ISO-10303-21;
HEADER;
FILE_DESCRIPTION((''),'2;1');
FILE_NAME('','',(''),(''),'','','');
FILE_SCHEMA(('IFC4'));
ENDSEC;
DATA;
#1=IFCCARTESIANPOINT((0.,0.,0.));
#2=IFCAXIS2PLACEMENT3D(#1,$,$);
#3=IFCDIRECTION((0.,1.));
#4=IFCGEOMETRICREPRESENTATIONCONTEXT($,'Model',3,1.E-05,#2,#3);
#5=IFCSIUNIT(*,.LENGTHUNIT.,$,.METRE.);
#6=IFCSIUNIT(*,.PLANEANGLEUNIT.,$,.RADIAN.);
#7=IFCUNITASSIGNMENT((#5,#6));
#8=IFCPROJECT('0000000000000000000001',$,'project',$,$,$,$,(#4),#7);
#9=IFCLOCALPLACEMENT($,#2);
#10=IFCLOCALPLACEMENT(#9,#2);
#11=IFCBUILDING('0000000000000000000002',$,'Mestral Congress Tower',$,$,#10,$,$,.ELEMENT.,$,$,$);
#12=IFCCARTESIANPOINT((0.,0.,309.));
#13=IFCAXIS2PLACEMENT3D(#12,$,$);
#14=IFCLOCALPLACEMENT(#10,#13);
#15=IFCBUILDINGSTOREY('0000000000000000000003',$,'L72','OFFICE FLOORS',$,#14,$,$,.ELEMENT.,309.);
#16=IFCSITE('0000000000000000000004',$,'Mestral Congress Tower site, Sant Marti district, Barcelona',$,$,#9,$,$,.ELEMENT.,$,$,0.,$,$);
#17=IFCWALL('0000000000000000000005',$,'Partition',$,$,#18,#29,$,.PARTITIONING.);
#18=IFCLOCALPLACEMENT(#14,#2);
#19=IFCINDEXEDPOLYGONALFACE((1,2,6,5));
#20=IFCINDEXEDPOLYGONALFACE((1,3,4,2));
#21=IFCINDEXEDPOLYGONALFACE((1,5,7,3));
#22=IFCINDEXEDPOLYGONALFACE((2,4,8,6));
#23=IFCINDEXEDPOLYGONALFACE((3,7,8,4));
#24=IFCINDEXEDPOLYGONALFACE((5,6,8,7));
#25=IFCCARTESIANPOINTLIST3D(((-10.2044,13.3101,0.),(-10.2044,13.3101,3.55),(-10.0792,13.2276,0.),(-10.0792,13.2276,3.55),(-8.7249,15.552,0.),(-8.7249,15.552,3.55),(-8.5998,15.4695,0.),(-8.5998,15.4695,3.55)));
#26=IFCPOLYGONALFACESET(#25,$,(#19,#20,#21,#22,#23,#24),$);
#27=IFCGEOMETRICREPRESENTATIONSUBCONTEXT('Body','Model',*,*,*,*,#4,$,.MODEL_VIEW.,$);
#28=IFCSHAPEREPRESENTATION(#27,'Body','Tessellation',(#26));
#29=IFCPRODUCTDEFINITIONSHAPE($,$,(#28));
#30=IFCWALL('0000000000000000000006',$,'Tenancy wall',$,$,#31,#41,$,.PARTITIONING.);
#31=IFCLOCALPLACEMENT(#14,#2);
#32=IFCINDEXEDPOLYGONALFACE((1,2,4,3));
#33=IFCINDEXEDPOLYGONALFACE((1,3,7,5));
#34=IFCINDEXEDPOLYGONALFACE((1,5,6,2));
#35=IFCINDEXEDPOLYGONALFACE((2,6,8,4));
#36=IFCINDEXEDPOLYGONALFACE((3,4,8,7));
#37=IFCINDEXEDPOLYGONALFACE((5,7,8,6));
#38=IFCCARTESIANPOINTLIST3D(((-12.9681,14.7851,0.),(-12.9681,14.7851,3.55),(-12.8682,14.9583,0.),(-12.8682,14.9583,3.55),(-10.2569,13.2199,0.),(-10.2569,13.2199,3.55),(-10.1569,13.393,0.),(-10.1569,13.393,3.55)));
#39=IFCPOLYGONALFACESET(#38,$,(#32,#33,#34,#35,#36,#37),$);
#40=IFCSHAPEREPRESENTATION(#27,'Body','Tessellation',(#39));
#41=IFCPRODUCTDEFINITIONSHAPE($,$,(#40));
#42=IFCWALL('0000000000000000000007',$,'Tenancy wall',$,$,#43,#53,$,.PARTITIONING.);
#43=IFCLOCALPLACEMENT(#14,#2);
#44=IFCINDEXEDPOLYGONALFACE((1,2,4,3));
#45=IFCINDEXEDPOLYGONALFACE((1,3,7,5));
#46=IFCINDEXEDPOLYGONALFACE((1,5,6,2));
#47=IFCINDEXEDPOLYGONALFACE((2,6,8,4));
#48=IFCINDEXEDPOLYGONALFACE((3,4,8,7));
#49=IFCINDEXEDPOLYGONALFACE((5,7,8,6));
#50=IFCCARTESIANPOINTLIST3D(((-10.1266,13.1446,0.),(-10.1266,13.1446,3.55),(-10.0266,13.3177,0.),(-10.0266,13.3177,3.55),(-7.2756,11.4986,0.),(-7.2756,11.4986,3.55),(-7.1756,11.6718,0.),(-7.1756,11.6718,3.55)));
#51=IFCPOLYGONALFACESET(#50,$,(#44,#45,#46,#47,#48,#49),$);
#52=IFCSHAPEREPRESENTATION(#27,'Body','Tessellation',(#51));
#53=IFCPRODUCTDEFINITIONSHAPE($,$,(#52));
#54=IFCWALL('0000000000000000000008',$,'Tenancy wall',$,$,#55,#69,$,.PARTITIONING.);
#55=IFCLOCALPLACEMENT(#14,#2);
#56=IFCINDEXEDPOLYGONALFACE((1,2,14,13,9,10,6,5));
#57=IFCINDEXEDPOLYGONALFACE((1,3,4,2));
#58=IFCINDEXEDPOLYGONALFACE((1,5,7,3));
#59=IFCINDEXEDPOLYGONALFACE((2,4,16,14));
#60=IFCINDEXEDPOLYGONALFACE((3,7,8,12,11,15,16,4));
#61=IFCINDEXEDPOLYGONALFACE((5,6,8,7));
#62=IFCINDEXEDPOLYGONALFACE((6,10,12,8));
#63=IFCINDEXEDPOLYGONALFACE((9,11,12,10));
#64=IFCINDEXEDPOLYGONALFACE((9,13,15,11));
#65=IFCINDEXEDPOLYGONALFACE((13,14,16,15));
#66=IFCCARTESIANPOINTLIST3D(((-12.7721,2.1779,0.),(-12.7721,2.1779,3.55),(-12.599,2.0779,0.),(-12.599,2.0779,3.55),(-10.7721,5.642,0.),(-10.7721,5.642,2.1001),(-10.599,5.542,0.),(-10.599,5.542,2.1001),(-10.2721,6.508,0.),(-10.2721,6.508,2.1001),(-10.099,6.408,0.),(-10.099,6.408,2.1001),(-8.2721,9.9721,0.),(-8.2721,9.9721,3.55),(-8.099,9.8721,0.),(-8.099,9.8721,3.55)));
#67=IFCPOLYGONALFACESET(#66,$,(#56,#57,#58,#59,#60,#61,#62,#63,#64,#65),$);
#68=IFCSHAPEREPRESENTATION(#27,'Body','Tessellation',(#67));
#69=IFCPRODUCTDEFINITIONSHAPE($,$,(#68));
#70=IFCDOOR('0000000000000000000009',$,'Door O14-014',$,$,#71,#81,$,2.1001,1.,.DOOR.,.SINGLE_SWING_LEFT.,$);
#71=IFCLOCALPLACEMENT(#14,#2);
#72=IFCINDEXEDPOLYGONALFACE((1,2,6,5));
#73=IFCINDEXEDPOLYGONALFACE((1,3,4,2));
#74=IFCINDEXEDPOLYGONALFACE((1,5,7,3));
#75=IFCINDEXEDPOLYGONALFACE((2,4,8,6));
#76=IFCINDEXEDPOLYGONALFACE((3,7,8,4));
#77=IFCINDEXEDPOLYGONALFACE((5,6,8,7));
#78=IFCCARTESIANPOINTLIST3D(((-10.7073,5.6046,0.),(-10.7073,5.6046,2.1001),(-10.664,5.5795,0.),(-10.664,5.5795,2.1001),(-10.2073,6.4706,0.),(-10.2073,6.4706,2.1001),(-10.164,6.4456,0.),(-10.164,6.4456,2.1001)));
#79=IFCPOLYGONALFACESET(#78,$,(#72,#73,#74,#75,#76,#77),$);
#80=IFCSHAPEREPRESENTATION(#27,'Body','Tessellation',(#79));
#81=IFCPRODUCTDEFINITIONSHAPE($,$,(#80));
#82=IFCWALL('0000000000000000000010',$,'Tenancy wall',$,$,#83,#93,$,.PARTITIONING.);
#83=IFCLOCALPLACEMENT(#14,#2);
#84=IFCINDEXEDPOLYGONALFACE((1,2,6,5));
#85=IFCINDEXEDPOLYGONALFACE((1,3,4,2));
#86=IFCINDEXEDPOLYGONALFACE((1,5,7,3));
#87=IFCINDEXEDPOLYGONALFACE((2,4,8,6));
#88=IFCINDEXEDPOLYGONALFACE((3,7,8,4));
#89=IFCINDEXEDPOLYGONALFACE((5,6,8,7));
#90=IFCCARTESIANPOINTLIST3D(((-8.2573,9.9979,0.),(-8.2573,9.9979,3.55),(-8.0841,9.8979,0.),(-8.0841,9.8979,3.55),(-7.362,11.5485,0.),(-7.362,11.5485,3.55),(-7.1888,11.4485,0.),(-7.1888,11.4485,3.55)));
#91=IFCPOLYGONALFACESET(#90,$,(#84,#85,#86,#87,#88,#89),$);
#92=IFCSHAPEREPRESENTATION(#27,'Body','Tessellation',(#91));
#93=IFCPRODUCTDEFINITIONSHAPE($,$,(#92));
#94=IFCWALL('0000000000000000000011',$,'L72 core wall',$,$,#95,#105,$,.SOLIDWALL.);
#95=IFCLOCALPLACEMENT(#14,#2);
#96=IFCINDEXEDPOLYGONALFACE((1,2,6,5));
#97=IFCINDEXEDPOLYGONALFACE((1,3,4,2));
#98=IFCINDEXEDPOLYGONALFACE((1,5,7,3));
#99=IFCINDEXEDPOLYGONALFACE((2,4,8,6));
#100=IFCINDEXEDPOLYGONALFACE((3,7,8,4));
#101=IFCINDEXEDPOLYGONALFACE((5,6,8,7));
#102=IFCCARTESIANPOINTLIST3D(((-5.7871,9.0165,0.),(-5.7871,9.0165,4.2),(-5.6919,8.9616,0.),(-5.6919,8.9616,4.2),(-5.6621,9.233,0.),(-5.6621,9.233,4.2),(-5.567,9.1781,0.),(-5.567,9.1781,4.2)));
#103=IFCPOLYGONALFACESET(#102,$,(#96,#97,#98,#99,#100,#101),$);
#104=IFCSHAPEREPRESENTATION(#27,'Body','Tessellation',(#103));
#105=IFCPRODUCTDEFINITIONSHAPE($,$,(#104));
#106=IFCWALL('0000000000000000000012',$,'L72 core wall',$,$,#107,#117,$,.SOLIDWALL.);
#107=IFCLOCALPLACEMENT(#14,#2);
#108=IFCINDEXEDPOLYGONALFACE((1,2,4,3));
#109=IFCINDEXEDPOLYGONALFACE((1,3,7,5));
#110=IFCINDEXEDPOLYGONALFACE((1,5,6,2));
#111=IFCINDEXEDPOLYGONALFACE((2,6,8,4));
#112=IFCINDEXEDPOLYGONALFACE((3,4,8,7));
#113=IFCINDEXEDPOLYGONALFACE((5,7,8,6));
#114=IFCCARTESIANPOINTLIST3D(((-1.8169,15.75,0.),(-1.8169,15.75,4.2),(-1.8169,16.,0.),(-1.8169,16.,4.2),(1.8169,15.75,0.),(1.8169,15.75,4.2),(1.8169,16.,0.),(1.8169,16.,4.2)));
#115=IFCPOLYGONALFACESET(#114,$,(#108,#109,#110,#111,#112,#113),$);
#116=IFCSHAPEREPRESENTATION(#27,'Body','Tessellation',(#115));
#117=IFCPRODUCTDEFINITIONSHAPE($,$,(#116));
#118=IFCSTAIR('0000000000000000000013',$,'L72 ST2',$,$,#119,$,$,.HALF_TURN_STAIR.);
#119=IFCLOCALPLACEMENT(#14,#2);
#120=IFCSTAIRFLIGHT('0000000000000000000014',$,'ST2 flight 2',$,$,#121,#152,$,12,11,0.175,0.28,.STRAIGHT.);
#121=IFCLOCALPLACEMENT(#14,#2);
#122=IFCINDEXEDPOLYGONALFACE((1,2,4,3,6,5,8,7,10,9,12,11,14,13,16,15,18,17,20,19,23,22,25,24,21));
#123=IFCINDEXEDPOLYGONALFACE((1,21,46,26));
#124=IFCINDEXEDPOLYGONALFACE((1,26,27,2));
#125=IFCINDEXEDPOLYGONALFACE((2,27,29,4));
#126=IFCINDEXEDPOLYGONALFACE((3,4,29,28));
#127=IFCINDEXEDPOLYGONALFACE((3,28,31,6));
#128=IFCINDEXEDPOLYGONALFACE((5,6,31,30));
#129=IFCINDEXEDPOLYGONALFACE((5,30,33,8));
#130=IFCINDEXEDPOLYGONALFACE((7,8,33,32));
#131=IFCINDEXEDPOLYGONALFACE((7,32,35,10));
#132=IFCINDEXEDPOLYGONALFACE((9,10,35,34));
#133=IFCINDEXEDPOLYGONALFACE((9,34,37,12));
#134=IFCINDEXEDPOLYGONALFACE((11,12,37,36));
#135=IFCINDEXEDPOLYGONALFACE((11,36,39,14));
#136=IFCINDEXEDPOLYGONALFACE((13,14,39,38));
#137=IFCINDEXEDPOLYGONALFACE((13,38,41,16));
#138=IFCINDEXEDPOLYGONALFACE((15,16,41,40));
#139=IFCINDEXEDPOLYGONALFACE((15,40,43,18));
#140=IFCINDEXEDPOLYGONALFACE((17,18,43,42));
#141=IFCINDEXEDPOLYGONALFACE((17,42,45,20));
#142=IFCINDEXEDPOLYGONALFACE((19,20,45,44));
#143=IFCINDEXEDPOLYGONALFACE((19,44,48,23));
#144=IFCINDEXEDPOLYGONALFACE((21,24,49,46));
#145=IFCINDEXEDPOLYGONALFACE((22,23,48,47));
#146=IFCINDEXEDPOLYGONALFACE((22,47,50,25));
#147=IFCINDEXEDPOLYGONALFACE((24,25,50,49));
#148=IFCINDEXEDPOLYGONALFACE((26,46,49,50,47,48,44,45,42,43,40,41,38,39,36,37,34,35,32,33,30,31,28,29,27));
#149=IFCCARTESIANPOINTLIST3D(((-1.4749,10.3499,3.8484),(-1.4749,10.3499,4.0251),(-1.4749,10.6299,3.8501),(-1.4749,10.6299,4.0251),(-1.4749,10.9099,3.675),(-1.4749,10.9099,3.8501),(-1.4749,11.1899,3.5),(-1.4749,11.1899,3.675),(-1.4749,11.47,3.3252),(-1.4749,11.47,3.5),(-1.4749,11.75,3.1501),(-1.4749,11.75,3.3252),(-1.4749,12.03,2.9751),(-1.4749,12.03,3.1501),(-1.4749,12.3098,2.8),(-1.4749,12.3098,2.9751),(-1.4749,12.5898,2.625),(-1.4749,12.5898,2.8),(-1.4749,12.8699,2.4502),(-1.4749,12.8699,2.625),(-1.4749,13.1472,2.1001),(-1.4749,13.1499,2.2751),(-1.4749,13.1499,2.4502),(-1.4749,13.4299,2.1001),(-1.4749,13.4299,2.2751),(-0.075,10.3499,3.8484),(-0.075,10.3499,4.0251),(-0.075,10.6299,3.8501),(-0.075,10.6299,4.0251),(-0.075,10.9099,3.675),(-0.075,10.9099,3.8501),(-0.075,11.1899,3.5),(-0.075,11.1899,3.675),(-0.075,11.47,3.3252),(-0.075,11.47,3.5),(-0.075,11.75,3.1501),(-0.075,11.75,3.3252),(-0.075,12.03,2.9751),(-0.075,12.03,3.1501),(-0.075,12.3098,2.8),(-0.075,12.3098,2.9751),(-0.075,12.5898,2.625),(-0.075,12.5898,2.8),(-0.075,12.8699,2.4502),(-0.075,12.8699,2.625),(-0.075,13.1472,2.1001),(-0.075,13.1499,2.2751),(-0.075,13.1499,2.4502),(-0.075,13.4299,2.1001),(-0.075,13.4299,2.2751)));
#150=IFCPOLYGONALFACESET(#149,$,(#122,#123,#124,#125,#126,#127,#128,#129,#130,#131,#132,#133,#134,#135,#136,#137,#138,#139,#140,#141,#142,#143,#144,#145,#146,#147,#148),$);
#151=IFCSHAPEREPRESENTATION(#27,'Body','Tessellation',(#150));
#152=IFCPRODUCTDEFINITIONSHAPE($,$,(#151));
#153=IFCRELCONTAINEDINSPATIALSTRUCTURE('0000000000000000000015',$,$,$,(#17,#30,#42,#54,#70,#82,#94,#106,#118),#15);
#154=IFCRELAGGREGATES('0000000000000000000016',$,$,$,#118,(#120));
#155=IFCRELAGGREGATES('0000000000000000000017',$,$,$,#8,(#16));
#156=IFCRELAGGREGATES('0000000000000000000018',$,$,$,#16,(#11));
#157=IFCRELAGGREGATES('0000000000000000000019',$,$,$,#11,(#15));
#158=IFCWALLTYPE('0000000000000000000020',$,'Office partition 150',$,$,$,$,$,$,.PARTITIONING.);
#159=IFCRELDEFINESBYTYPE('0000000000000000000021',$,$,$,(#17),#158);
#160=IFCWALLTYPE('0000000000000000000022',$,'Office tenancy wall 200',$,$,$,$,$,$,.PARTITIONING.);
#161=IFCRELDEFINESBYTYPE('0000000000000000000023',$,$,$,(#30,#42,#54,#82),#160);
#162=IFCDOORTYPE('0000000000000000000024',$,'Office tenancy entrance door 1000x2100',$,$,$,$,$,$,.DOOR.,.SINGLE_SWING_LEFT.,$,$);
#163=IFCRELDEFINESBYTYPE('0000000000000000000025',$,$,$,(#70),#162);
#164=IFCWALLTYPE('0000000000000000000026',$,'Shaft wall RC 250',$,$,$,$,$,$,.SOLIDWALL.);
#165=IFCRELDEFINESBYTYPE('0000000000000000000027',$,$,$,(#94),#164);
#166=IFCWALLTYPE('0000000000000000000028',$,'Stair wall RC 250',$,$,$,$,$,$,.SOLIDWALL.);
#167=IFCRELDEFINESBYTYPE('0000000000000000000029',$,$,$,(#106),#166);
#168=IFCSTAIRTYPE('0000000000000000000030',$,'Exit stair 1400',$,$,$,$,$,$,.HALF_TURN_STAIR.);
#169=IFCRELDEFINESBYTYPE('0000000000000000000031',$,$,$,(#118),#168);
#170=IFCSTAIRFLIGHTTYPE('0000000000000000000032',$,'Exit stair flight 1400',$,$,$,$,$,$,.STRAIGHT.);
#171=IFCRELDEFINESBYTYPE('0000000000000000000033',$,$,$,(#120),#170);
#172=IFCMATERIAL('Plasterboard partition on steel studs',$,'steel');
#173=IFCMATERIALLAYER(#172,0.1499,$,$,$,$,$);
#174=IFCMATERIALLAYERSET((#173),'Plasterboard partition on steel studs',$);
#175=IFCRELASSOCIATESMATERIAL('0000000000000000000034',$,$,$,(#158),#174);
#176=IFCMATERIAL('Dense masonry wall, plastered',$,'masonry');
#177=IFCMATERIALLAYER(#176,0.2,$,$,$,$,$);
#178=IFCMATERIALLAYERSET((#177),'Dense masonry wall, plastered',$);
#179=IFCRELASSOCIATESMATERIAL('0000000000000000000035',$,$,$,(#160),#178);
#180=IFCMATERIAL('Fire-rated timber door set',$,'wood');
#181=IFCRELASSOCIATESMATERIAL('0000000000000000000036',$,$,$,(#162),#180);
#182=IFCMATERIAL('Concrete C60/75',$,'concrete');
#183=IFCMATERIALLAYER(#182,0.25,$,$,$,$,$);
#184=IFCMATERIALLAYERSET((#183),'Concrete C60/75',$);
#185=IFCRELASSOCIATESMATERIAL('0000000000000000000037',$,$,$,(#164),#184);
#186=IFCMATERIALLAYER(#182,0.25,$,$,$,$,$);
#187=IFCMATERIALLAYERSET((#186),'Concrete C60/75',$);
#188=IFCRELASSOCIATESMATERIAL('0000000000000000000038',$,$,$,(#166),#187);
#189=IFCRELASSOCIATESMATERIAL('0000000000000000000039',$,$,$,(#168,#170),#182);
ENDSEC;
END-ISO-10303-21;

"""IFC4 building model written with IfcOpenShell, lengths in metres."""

from ifc_helpers import new_model, si_unit, direction, frame, frame_2d, origin, place, context, subcontext, project, spatial, polyline, rectangle, outline, extrude, material, layer, layer_set, type_object, element, fill, aggregate, save


model = new_model("IFC4")

# Units and contexts
model_context = context("Model", 3, precision=1e-05, world=origin(), true_north=direction((0.0, 1.0)))
body_context = subcontext(model_context, "Body", "Model", "MODEL_VIEW")
ifc_project = project(units=[si_unit("LENGTHUNIT", "METRE"), si_unit("PLANEANGLEUNIT", "RADIAN")], contexts=[model_context])

# Site, building, storey
site_placement = place(None, origin())
site = spatial("IfcSite", under=ifc_project, at=site_placement, Name="Mestral Congress Tower site, Sant Marti district, Barcelona", CompositionType="ELEMENT", RefElevation=0.0)
building_placement = place(site_placement, origin())
building = spatial("IfcBuilding", under=site, at=building_placement, Name="Mestral Congress Tower", CompositionType="ELEMENT")
storey_placement = place(building_placement, frame((0.0, 0.0, 309.0)))
storey = spatial("IfcBuildingStorey", under=building, at=storey_placement, Name="L72", Description="OFFICE FLOORS", CompositionType="ELEMENT", Elevation=309.0)

# Shared definitions
ifc_material_1 = material(Name="Concrete C60/75", Category="concrete")

# Shared definitions
ifc_material_2 = material(Name="Plasterboard partition on steel studs", Category="steel")
ifc_layer_1 = layer(ifc_material_2, 0.1499)
ifc_layer_set_1 = layer_set([ifc_layer_1], Name="Plasterboard partition on steel studs")
wall_type_1 = type_object("IfcWallType", Name="Office partition 150", PredefinedType="PARTITIONING", material=ifc_layer_set_1)

# Walls
wall_1_placement = place(storey_placement, frame((-8.6624, 15.5107, 0.0), z_axis=(0.0, 0.0, 1.0), x_axis=(-0.550793, -0.834642, 0.0)))
element("IfcWall", 1, at=wall_1_placement, inside=storey, type_object=wall_type_1, Name="Partition", PredefinedType="PARTITIONING", context=body_context, shape_type="SweptSolid", body=[
    extrude(rectangle(XDim=2.686, YDim=0.1499, at=frame_2d((1.343, 0.0))), origin(), (0.0, 0.0, 1.0), 3.55),
])
ifc_material_3 = material(Name="Dense masonry wall, plastered", Category="masonry")
ifc_layer_2 = layer(ifc_material_3, 0.2)
ifc_layer_set_2 = layer_set([ifc_layer_2], Name="Dense masonry wall, plastered")
wall_type_2 = type_object("IfcWallType", Name="Office tenancy wall 200", PredefinedType="PARTITIONING", material=ifc_layer_set_2)
wall_2_placement = place(storey_placement, frame((-10.2068, 13.3064, 0.0), z_axis=(0.0, 0.0, 1.0), x_axis=(-0.866041, 0.499972, 0.0)))
element("IfcWall", 2, at=wall_2_placement, inside=storey, type_object=wall_type_2, Name="Tenancy wall", PredefinedType="PARTITIONING", context=body_context, shape_type="SweptSolid", body=[
    extrude(rectangle(XDim=3.1306, YDim=0.2, at=frame_2d((1.5654, 0.0))), origin(), (0.0, 0.0, 1.0), 3.55),
])
wall_3_placement = place(storey_placement, frame((-7.2256, 11.5852, 0.0), z_axis=(0.0, 0.0, 1.0), x_axis=(-0.866035, 0.499984, 0.0)))
element("IfcWall", 3, at=wall_3_placement, inside=storey, type_object=wall_type_2, Name="Tenancy wall", PredefinedType="PARTITIONING", context=body_context, shape_type="SweptSolid", body=[
    extrude(rectangle(XDim=3.292, YDim=0.2, at=frame_2d((1.646, 0.0))), origin(), (0.0, 0.0, 1.0), 3.55),
])

# Wall, opening, door
wall_4_placement = place(storey_placement, frame((-8.1855, 9.9221, 0.0), z_axis=(0.0, 0.0, 1.0), x_axis=(-0.500002, -0.866024, 0.0)))
wall_4 = element("IfcWall", 4, at=wall_4_placement, inside=storey, type_object=wall_type_2, Name="Tenancy wall", PredefinedType="PARTITIONING", context=body_context, shape_type="SweptSolid", body=[
    extrude(rectangle(XDim=9.0, YDim=0.2, at=frame_2d((4.5, 0.0))), origin(), (0.0, 0.0, 1.0), 3.55),
])
opening_1_placement = place(wall_4_placement, frame((4.0, 0.0, 0.0)))
opening_1 = element("IfcOpeningElement", 5, at=opening_1_placement, cuts=wall_4, PredefinedType="OPENING", context=body_context, shape_type="SweptSolid", body=[
    extrude(rectangle(XDim=1.0, YDim=2.1001, at=frame_2d((0.5, 1.05))), frame((0.0, 0.1099, 0.0), z_axis=(0.0, -1.0, 0.0), x_axis=(1.0, 0.0, 0.0)), (0.0, 0.0, 1.0), 0.22),
])
ifc_material_4 = material(Name="Fire-rated timber door set", Category="wood")
door_type_1 = type_object("IfcDoorType", Name="Office tenancy entrance door 1000x2100", OperationType="SINGLE_SWING_LEFT", PredefinedType="DOOR", material=ifc_material_4)
door_1_placement = place(opening_1_placement, origin())
door_1 = element("IfcDoor", 6, at=door_1_placement, inside=storey, type_object=door_type_1, Name="Door O14-014", OperationType="SINGLE_SWING_LEFT", OverallHeight=2.1001, OverallWidth=1.0, PredefinedType="DOOR", context=body_context, shape_type="SweptSolid", body=[
    extrude(rectangle(XDim=1.0, YDim=2.1001, at=frame_2d((0.5, 1.05))), frame((0.0, 0.0249, 0.0), z_axis=(0.0, -1.0, 0.0), x_axis=(1.0, 0.0, 0.0)), (0.0, 0.0, 1.0), 0.05),
])
fill(opening_1, door_1)

# Walls
wall_5_placement = place(storey_placement, frame((-7.2754, 11.4985, 0.0), z_axis=(0.0, 0.0, 1.0), x_axis=(-0.500025, -0.866011, 0.0)))
element("IfcWall", 7, at=wall_5_placement, inside=storey, type_object=wall_type_2, Name="Tenancy wall", PredefinedType="PARTITIONING", context=body_context, shape_type="SweptSolid", body=[
    extrude(rectangle(XDim=1.7905, YDim=0.2, at=frame_2d((0.8953, 0.0))), origin(), (0.0, 0.0, 1.0), 3.55),
])
ifc_layer_3 = layer(ifc_material_1, 0.25)
ifc_layer_set_3 = layer_set([ifc_layer_3], Name="Concrete C60/75")
wall_type_3 = type_object("IfcWallType", Name="Shaft wall RC 250", PredefinedType="SOLIDWALL", material=ifc_layer_set_3)
wall_6_placement = place(storey_placement, frame((-5.7246, 9.1248, 0.0), z_axis=(0.0, 0.0, 1.0), x_axis=(0.866186, -0.499722, 0.0)))
element("IfcWall", 8, at=wall_6_placement, inside=storey, type_object=wall_type_3, Name="L72 core wall", PredefinedType="SOLIDWALL", context=body_context, shape_type="SweptSolid", body=[
    extrude(rectangle(XDim=0.1099, YDim=0.25, at=frame_2d((0.0549, 0.0))), origin(), (0.0, 0.0, 1.0), 4.2),
])
ifc_layer_4 = layer(ifc_material_1, 0.25)
ifc_layer_set_4 = layer_set([ifc_layer_4], Name="Concrete C60/75")
wall_type_4 = type_object("IfcWallType", Name="Stair wall RC 250", PredefinedType="SOLIDWALL", material=ifc_layer_set_4)
wall_7_placement = place(storey_placement, frame((-1.8169, 15.875, 0.0), z_axis=(0.0, 0.0, 1.0), x_axis=(1.0, 0.0, 0.0)))
element("IfcWall", 9, at=wall_7_placement, inside=storey, type_object=wall_type_4, Name="L72 core wall", PredefinedType="SOLIDWALL", context=body_context, shape_type="SweptSolid", body=[
    extrude(rectangle(XDim=3.6338, YDim=0.25, at=frame_2d((1.8169, 0.0))), origin(), (0.0, 0.0, 1.0), 4.2),
])

# Stair, stair flight
stair_type = type_object("IfcStairType", Name="Exit stair 1400", PredefinedType="HALF_TURN_STAIR", material=ifc_material_1)
stair_placement = place(storey_placement, origin())
stair = element("IfcStair", 10, at=stair_placement, inside=storey, type_object=stair_type, Name="L72 ST2", PredefinedType="HALF_TURN_STAIR")
stair_flight_type = type_object("IfcStairFlightType", Name="Exit stair flight 1400", PredefinedType="STRAIGHT", material=ifc_material_1)
stair_flight_placement = place(storey_placement, frame((-0.7749, 13.4299, 2.1001), z_axis=(0.0, 0.0, 1.0), x_axis=(0.0, -1.0, 0.0)))
stair_flight = element("IfcStairFlight", 11, at=stair_flight_placement, type_object=stair_flight_type, Name="ST2 flight 2", NumberOfRisers=12, NumberOfTreads=11, PredefinedType="STRAIGHT", RiserHeight=0.175, TreadLength=0.28, context=body_context, shape_type="SweptSolid", body=[
    extrude(outline(polyline([(0.0, 0.0), (0.0, 0.175), (0.28, 0.175), (0.28, 0.3501), (0.5601, 0.3501), (0.5601, 0.5249), (0.8401, 0.5249), (0.8401, 0.7), (1.1201, 0.7), (1.1201, 0.875), (1.3999, 0.875), (1.3999, 1.05), (1.6799, 1.05), (1.6799, 1.2251), (1.96, 1.2251), (1.96, 1.3999), (2.24, 1.3999), (2.24, 1.575), (2.52, 1.575), (2.52, 1.75), (2.8, 1.75), (2.8, 1.925), (3.0801, 1.925), (3.0801, 2.1001), (3.0801, 1.7483), (0.2827, 0.0), (0.0, 0.0)])), frame((0.0, 0.7, 0.0), z_axis=(0.0, -1.0, 0.0), x_axis=(1.0, 0.0, 0.0)), (0.0, 0.0, 1.0), 1.3999),
])
aggregate(stair, [stair_flight])

save(model, "model.ifc")
